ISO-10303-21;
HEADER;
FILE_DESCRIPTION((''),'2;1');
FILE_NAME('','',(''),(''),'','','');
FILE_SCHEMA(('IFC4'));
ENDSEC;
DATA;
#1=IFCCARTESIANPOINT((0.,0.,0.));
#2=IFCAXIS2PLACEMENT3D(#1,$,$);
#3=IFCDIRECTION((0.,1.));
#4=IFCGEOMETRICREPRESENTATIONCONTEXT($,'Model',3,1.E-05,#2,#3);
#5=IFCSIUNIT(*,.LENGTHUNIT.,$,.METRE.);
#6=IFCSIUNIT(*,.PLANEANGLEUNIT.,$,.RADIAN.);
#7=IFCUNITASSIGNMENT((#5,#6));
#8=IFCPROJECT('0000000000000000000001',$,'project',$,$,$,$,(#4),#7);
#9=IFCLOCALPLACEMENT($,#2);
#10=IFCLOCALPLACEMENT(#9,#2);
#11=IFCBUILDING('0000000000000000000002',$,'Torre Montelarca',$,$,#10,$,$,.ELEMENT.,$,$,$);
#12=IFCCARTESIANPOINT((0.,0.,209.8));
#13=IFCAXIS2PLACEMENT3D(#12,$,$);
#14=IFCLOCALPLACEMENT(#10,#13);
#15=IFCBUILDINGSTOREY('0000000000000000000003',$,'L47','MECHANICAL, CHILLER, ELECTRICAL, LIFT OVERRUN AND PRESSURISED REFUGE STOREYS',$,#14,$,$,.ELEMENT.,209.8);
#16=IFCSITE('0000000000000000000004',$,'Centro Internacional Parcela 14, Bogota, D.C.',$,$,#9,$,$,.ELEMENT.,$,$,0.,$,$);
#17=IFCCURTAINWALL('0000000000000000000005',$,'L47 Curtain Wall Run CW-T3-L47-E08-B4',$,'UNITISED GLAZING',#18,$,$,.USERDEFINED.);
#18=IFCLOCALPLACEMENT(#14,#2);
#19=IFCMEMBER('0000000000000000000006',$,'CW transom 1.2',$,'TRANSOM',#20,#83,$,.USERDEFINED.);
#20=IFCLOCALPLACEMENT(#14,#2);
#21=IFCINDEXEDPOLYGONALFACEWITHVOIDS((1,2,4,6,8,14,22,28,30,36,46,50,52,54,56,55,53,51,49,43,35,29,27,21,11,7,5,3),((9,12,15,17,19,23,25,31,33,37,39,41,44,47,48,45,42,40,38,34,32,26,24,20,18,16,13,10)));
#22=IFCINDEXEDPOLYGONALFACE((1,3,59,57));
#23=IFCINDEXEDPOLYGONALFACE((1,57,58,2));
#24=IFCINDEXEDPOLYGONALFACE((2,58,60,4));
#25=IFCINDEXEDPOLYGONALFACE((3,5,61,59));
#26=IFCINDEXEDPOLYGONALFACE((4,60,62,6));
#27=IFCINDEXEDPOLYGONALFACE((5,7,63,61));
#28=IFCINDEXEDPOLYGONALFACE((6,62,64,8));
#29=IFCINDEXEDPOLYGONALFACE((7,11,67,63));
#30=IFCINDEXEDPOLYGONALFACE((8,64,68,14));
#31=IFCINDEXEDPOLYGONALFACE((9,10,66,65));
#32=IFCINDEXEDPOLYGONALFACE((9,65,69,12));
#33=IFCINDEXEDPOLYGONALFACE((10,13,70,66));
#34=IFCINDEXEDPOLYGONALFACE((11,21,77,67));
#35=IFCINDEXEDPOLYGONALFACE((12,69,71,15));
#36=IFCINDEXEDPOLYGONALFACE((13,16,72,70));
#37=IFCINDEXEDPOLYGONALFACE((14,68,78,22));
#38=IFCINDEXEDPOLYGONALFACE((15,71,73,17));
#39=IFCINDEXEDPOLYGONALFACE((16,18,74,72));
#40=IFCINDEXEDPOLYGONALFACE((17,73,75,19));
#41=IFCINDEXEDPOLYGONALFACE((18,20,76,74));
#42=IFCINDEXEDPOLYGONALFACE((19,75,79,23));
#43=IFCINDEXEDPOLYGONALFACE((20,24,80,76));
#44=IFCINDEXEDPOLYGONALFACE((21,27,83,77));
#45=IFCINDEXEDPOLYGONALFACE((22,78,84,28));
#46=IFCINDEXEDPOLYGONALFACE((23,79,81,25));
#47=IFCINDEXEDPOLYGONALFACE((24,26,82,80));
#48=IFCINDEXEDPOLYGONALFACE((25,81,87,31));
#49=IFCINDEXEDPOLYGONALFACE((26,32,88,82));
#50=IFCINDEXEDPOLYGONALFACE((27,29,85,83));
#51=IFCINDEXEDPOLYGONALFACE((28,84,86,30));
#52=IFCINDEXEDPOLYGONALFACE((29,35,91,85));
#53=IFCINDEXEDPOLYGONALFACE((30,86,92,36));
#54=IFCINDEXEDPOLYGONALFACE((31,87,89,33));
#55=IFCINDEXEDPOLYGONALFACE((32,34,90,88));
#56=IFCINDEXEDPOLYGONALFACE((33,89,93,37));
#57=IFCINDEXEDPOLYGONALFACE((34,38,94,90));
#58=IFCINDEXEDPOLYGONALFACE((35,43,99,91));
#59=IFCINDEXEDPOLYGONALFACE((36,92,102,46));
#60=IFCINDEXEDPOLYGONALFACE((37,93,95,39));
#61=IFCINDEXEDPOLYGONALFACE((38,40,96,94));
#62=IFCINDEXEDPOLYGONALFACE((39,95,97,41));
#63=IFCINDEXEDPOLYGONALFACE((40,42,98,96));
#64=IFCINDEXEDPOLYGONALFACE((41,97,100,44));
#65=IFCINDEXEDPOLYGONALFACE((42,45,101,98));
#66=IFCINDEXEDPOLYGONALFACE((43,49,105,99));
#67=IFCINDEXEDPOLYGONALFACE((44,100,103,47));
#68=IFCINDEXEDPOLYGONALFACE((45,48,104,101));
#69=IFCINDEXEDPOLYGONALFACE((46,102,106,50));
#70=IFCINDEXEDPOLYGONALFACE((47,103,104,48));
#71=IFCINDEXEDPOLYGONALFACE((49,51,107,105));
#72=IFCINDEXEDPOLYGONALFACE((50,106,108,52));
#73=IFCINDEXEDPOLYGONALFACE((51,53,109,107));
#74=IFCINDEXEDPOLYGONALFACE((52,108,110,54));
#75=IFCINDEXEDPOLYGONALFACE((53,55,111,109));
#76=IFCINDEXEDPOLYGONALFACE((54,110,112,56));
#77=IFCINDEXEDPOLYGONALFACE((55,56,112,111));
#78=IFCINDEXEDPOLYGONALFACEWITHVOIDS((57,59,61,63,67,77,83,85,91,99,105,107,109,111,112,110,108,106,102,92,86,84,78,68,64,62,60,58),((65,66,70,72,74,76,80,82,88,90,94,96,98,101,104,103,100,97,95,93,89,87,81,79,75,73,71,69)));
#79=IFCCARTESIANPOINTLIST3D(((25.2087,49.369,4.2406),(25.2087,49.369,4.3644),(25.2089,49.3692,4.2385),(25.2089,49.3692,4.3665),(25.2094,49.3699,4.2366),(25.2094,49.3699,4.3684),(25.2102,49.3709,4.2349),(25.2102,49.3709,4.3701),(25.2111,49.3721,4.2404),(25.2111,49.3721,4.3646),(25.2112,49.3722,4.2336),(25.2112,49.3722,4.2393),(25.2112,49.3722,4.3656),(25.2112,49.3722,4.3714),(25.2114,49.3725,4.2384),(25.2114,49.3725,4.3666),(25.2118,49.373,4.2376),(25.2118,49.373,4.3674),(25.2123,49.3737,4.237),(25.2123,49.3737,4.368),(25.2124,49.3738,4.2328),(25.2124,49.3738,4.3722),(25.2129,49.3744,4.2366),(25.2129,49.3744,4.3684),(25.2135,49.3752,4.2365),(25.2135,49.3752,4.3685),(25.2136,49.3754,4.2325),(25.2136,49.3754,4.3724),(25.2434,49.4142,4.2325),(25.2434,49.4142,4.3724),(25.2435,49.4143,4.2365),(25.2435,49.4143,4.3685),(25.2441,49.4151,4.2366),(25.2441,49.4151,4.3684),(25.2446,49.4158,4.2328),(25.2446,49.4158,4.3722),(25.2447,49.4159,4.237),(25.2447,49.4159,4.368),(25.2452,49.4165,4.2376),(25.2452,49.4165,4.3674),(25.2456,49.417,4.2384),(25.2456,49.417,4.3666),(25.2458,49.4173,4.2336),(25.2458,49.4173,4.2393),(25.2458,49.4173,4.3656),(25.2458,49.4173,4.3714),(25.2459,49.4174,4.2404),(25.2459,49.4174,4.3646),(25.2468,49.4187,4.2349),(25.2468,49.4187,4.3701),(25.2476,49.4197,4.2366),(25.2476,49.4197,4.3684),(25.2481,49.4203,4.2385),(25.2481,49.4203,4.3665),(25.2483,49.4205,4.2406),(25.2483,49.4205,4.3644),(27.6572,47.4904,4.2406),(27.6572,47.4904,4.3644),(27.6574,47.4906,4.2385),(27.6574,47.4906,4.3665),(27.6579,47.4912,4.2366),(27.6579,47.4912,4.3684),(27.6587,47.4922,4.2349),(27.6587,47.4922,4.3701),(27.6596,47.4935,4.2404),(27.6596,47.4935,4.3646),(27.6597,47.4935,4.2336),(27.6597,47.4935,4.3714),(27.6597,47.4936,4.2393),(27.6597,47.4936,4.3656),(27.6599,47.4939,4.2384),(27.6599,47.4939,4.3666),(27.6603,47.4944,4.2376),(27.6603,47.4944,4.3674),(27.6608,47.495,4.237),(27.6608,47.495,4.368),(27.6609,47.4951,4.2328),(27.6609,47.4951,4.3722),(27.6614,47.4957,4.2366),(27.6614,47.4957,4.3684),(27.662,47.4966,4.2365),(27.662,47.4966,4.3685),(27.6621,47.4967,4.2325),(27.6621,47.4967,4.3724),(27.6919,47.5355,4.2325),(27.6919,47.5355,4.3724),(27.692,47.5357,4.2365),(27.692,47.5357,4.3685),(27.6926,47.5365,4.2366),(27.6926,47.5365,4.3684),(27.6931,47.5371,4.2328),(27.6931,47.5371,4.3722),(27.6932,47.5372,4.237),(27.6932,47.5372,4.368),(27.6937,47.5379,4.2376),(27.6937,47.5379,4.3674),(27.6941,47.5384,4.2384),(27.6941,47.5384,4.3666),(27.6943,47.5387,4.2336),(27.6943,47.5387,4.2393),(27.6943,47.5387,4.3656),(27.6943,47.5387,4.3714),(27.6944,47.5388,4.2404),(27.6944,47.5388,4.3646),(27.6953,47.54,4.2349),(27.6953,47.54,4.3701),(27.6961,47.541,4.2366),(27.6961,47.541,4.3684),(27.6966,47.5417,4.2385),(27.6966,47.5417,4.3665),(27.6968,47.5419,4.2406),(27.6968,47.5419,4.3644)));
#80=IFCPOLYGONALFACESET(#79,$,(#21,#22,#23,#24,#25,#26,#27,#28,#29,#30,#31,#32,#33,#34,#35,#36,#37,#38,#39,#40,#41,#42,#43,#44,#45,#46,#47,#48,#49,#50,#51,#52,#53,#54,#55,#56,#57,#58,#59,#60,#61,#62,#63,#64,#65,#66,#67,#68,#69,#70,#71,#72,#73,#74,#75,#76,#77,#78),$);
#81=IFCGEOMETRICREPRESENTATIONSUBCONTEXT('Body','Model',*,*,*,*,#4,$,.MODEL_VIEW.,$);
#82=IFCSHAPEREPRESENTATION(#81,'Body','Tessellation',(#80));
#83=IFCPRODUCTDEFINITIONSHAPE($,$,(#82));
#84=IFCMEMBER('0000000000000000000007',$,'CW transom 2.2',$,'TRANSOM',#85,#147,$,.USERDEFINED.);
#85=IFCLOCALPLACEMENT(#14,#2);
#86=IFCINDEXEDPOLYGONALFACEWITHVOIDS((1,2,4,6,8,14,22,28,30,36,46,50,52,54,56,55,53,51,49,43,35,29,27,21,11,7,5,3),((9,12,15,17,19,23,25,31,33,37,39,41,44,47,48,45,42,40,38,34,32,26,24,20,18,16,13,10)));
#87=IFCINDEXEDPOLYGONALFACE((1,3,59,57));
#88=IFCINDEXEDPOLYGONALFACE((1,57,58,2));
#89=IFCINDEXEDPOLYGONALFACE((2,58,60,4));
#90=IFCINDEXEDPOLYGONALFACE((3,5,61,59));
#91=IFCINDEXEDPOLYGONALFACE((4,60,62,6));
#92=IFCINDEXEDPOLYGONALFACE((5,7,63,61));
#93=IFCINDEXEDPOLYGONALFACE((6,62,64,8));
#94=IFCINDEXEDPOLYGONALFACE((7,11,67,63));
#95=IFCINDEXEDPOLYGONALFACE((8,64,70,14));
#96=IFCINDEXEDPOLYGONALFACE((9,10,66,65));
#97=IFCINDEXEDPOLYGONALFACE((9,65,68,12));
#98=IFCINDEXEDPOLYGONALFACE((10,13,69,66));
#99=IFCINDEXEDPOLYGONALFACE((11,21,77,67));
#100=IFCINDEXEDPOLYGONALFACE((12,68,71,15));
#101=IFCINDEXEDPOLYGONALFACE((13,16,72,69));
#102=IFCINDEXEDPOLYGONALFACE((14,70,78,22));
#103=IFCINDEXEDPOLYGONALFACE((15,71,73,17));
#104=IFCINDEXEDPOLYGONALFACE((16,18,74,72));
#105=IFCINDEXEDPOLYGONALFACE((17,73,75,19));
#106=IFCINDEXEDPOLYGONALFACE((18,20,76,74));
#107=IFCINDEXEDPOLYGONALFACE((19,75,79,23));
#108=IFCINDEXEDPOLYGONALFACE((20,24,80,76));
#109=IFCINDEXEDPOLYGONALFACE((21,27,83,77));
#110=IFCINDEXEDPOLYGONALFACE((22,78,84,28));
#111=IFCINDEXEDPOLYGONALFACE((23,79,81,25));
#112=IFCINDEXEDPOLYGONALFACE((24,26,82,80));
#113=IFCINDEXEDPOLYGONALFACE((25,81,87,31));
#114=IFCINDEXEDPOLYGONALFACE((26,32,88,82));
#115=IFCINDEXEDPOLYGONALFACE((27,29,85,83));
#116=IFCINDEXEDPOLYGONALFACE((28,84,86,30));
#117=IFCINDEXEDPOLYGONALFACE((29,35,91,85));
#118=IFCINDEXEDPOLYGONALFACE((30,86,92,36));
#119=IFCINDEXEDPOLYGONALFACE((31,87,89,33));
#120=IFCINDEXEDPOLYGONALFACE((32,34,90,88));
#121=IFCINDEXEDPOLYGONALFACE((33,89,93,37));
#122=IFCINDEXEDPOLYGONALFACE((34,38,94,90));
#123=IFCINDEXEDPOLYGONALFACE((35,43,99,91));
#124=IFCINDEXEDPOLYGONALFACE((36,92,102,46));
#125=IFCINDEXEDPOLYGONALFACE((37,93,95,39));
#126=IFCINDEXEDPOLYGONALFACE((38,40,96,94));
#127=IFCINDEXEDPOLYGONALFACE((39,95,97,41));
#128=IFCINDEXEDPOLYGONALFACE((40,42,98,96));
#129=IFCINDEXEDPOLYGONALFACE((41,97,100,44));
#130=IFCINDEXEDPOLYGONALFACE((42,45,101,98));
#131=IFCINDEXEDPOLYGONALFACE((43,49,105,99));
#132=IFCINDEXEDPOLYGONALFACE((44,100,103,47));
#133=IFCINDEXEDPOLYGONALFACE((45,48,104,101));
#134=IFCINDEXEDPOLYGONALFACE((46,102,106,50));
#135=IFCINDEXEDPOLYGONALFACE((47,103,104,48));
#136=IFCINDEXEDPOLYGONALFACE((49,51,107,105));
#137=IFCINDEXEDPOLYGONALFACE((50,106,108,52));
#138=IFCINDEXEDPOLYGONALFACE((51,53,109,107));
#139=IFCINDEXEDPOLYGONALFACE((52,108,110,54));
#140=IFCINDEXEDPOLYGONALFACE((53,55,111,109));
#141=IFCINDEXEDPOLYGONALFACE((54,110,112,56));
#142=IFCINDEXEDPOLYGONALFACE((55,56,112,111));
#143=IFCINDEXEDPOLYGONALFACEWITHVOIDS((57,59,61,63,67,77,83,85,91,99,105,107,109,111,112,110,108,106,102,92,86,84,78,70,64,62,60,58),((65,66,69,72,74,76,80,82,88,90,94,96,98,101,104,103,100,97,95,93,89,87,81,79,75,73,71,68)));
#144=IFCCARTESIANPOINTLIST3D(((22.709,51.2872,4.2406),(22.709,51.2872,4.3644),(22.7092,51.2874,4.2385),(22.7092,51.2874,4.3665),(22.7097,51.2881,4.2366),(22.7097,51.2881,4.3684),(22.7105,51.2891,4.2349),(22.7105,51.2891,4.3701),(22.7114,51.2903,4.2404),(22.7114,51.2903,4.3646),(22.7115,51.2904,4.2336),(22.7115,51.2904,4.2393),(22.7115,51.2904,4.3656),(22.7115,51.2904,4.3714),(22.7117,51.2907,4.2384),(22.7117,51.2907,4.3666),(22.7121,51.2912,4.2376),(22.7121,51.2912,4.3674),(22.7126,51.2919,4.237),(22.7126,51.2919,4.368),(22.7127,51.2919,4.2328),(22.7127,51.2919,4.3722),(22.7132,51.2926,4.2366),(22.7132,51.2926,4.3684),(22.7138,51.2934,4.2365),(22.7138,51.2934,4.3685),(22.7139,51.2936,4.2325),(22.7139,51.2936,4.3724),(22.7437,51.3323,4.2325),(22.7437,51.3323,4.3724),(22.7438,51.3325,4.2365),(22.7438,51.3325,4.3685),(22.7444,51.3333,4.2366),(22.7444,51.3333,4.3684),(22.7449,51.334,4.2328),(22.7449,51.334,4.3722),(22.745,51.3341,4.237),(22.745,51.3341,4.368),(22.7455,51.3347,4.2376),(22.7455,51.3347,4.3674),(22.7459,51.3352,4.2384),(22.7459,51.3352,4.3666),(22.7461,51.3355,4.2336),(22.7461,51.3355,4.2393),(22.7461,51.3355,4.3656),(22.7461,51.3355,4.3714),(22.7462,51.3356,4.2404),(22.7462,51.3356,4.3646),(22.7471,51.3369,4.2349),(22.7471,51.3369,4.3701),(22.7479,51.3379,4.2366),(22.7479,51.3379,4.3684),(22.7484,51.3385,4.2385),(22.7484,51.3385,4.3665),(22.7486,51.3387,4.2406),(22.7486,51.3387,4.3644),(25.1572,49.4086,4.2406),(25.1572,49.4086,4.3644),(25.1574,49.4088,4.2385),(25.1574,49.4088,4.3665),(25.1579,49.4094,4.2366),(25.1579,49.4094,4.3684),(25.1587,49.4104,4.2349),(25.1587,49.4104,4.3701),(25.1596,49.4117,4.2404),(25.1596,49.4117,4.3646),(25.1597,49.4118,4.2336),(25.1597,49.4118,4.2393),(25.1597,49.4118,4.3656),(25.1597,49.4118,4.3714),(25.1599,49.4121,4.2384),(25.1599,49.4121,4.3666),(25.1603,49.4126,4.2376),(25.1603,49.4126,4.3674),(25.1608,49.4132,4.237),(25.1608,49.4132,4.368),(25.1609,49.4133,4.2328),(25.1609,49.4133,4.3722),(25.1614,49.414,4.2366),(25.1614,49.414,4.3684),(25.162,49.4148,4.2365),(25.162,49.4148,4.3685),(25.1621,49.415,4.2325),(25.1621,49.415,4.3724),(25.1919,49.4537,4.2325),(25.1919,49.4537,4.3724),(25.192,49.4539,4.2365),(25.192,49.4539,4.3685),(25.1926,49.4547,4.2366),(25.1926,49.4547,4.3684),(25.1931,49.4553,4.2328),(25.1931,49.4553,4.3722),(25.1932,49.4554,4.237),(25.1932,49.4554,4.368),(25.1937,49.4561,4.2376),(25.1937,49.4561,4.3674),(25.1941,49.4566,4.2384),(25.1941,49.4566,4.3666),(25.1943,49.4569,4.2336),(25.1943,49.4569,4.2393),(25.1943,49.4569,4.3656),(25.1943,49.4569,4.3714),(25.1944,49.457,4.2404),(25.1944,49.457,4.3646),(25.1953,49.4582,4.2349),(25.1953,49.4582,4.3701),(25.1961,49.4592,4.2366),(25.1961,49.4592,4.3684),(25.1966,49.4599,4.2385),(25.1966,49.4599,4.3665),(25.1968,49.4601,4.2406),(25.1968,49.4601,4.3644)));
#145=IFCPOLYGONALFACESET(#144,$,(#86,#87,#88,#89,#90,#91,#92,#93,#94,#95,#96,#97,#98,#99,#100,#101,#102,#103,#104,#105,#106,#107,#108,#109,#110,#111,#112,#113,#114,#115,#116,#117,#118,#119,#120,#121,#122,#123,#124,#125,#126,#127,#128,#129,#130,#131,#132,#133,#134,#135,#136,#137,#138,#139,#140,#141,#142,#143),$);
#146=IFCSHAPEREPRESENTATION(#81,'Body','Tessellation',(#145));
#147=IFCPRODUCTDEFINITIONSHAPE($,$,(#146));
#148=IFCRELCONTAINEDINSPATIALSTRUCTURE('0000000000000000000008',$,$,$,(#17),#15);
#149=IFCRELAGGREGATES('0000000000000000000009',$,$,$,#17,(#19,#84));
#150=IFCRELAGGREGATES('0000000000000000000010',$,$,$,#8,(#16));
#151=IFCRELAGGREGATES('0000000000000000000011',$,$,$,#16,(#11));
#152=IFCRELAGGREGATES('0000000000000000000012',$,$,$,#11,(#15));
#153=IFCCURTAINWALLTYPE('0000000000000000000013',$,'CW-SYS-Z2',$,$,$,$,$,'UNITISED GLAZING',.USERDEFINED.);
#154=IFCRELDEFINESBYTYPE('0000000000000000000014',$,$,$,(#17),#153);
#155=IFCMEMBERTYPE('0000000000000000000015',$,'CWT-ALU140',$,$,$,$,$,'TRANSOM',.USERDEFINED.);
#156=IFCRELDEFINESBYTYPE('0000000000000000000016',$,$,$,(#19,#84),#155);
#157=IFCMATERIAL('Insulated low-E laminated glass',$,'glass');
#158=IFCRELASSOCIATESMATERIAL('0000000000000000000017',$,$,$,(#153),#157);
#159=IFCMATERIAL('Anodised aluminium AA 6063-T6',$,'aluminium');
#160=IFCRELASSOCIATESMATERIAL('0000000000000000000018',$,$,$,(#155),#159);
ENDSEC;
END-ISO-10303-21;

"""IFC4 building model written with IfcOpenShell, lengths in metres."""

from ifc_helpers import new_model, si_unit, direction, frame, origin, origin_2d, place, context, subcontext, project, spatial, hollow_rectangle, extrude, source, transform, mapped, material, material_profile, profile_set, type_object, element, aggregate, save


model = new_model("IFC4")

# Units and contexts
model_context = context("Model", 3, precision=1e-05, world=origin(), true_north=direction((0.0, 1.0)))
body_context = subcontext(model_context, "Body", "Model", "MODEL_VIEW")
ifc_project = project(units=[si_unit("LENGTHUNIT", "METRE"), si_unit("PLANEANGLEUNIT", "RADIAN")], contexts=[model_context])

# Site, building, storey
site_placement = place(None, origin())
site = spatial("IfcSite", under=ifc_project, at=site_placement, Name="Centro Internacional Parcela 14, Bogota, D.C.", CompositionType="ELEMENT", RefElevation=0.0)
building_placement = place(site_placement, origin())
building = spatial("IfcBuilding", under=site, at=building_placement, Name="Torre Montelarca", CompositionType="ELEMENT")
storey_placement = place(building_placement, frame((0.0, 0.0, 209.8)))
storey = spatial("IfcBuildingStorey", under=building, at=storey_placement, Name="L47", Description="MECHANICAL, CHILLER, ELECTRICAL, LIFT OVERRUN AND PRESSURISED REFUGE STOREYS", CompositionType="ELEMENT", Elevation=209.8)

# Curtain wall, members
ifc_material_1 = material(Name="Insulated low-E laminated glass", Category="glass")
curtain_wall_type = type_object("IfcCurtainWallType", Name="CW-SYS-Z2", ElementType="UNITISED GLAZING", PredefinedType="USERDEFINED", material=ifc_material_1)
ifc_material_2 = material(Name="Anodised aluminium AA 6063-T6", Category="aluminium")
ifc_material_profile_1 = material_profile(ifc_material_2, hollow_rectangle(XDim=0.0649, YDim=0.1399, WallThickness=0.0039, InnerFilletRadius=0.0039, OuterFilletRadius=0.0081, at=origin_2d()), Name="ALU65X140X4", Category="aluminium")
ifc_profile_set_1 = profile_set([ifc_material_profile_1], Name="Anodised aluminium AA 6063-T6")
member_type_1 = type_object("IfcMemberType", Name="CWT-ALU140", ElementType="TRANSOM", PredefinedType="USERDEFINED", material=ifc_profile_set_1)
curtain_wall_1_placement = place(storey_placement, origin())
curtain_wall_1 = element("IfcCurtainWall", 1, at=curtain_wall_1_placement, inside=storey, type_object=curtain_wall_type, Name="L47 Curtain Wall Run CW-T3-L47-E08-B4", ObjectType="UNITISED GLAZING", PredefinedType="USERDEFINED")
shared_shape_1 = source(origin(), body_context, "Body", "SweptSolid", [
    extrude(hollow_rectangle(XDim=0.0649, YDim=0.1399, WallThickness=0.0039, InnerFilletRadius=0.0039, OuterFilletRadius=0.0081, at=origin_2d()), origin(), (0.0, 0.0, 1.0), 3.0862),
])
member_1_placement = place(storey_placement, frame((27.677, 47.5161, 4.3025), z_axis=(-0.793373, 0.608735, 0.0), x_axis=(-0.608735, -0.793373, 0.0)))
member_1 = element("IfcMember", 2, at=member_1_placement, type_object=member_type_1, Name="CW transom 1.2", ObjectType="TRANSOM", PredefinedType="USERDEFINED", context=body_context, shape_type="MappedRepresentation", body=[
    mapped(shared_shape_1, transform((0.0, 0.0, 0.0), scale=1.0)),
])
shared_shape_2 = source(origin(), body_context, "Body", "SweptSolid", [
    extrude(hollow_rectangle(XDim=0.0649, YDim=0.1399, WallThickness=0.0039, InnerFilletRadius=0.0039, OuterFilletRadius=0.0081, at=origin_2d()), origin(), (0.0, 0.0, 1.0), 3.0859),
])
member_2_placement = place(storey_placement, frame((25.177, 49.4343, 4.3025), z_axis=(-0.793344, 0.608774, 0.0), x_axis=(-0.608774, -0.793344, 0.0)))
member_2 = element("IfcMember", 3, at=member_2_placement, type_object=member_type_1, Name="CW transom 2.2", ObjectType="TRANSOM", PredefinedType="USERDEFINED", context=body_context, shape_type="MappedRepresentation", body=[
    mapped(shared_shape_2, transform((0.0, 0.0, 0.0), scale=1.0)),
])

aggregate(curtain_wall_1, [member_1, member_2])

save(model, "model.ifc")
